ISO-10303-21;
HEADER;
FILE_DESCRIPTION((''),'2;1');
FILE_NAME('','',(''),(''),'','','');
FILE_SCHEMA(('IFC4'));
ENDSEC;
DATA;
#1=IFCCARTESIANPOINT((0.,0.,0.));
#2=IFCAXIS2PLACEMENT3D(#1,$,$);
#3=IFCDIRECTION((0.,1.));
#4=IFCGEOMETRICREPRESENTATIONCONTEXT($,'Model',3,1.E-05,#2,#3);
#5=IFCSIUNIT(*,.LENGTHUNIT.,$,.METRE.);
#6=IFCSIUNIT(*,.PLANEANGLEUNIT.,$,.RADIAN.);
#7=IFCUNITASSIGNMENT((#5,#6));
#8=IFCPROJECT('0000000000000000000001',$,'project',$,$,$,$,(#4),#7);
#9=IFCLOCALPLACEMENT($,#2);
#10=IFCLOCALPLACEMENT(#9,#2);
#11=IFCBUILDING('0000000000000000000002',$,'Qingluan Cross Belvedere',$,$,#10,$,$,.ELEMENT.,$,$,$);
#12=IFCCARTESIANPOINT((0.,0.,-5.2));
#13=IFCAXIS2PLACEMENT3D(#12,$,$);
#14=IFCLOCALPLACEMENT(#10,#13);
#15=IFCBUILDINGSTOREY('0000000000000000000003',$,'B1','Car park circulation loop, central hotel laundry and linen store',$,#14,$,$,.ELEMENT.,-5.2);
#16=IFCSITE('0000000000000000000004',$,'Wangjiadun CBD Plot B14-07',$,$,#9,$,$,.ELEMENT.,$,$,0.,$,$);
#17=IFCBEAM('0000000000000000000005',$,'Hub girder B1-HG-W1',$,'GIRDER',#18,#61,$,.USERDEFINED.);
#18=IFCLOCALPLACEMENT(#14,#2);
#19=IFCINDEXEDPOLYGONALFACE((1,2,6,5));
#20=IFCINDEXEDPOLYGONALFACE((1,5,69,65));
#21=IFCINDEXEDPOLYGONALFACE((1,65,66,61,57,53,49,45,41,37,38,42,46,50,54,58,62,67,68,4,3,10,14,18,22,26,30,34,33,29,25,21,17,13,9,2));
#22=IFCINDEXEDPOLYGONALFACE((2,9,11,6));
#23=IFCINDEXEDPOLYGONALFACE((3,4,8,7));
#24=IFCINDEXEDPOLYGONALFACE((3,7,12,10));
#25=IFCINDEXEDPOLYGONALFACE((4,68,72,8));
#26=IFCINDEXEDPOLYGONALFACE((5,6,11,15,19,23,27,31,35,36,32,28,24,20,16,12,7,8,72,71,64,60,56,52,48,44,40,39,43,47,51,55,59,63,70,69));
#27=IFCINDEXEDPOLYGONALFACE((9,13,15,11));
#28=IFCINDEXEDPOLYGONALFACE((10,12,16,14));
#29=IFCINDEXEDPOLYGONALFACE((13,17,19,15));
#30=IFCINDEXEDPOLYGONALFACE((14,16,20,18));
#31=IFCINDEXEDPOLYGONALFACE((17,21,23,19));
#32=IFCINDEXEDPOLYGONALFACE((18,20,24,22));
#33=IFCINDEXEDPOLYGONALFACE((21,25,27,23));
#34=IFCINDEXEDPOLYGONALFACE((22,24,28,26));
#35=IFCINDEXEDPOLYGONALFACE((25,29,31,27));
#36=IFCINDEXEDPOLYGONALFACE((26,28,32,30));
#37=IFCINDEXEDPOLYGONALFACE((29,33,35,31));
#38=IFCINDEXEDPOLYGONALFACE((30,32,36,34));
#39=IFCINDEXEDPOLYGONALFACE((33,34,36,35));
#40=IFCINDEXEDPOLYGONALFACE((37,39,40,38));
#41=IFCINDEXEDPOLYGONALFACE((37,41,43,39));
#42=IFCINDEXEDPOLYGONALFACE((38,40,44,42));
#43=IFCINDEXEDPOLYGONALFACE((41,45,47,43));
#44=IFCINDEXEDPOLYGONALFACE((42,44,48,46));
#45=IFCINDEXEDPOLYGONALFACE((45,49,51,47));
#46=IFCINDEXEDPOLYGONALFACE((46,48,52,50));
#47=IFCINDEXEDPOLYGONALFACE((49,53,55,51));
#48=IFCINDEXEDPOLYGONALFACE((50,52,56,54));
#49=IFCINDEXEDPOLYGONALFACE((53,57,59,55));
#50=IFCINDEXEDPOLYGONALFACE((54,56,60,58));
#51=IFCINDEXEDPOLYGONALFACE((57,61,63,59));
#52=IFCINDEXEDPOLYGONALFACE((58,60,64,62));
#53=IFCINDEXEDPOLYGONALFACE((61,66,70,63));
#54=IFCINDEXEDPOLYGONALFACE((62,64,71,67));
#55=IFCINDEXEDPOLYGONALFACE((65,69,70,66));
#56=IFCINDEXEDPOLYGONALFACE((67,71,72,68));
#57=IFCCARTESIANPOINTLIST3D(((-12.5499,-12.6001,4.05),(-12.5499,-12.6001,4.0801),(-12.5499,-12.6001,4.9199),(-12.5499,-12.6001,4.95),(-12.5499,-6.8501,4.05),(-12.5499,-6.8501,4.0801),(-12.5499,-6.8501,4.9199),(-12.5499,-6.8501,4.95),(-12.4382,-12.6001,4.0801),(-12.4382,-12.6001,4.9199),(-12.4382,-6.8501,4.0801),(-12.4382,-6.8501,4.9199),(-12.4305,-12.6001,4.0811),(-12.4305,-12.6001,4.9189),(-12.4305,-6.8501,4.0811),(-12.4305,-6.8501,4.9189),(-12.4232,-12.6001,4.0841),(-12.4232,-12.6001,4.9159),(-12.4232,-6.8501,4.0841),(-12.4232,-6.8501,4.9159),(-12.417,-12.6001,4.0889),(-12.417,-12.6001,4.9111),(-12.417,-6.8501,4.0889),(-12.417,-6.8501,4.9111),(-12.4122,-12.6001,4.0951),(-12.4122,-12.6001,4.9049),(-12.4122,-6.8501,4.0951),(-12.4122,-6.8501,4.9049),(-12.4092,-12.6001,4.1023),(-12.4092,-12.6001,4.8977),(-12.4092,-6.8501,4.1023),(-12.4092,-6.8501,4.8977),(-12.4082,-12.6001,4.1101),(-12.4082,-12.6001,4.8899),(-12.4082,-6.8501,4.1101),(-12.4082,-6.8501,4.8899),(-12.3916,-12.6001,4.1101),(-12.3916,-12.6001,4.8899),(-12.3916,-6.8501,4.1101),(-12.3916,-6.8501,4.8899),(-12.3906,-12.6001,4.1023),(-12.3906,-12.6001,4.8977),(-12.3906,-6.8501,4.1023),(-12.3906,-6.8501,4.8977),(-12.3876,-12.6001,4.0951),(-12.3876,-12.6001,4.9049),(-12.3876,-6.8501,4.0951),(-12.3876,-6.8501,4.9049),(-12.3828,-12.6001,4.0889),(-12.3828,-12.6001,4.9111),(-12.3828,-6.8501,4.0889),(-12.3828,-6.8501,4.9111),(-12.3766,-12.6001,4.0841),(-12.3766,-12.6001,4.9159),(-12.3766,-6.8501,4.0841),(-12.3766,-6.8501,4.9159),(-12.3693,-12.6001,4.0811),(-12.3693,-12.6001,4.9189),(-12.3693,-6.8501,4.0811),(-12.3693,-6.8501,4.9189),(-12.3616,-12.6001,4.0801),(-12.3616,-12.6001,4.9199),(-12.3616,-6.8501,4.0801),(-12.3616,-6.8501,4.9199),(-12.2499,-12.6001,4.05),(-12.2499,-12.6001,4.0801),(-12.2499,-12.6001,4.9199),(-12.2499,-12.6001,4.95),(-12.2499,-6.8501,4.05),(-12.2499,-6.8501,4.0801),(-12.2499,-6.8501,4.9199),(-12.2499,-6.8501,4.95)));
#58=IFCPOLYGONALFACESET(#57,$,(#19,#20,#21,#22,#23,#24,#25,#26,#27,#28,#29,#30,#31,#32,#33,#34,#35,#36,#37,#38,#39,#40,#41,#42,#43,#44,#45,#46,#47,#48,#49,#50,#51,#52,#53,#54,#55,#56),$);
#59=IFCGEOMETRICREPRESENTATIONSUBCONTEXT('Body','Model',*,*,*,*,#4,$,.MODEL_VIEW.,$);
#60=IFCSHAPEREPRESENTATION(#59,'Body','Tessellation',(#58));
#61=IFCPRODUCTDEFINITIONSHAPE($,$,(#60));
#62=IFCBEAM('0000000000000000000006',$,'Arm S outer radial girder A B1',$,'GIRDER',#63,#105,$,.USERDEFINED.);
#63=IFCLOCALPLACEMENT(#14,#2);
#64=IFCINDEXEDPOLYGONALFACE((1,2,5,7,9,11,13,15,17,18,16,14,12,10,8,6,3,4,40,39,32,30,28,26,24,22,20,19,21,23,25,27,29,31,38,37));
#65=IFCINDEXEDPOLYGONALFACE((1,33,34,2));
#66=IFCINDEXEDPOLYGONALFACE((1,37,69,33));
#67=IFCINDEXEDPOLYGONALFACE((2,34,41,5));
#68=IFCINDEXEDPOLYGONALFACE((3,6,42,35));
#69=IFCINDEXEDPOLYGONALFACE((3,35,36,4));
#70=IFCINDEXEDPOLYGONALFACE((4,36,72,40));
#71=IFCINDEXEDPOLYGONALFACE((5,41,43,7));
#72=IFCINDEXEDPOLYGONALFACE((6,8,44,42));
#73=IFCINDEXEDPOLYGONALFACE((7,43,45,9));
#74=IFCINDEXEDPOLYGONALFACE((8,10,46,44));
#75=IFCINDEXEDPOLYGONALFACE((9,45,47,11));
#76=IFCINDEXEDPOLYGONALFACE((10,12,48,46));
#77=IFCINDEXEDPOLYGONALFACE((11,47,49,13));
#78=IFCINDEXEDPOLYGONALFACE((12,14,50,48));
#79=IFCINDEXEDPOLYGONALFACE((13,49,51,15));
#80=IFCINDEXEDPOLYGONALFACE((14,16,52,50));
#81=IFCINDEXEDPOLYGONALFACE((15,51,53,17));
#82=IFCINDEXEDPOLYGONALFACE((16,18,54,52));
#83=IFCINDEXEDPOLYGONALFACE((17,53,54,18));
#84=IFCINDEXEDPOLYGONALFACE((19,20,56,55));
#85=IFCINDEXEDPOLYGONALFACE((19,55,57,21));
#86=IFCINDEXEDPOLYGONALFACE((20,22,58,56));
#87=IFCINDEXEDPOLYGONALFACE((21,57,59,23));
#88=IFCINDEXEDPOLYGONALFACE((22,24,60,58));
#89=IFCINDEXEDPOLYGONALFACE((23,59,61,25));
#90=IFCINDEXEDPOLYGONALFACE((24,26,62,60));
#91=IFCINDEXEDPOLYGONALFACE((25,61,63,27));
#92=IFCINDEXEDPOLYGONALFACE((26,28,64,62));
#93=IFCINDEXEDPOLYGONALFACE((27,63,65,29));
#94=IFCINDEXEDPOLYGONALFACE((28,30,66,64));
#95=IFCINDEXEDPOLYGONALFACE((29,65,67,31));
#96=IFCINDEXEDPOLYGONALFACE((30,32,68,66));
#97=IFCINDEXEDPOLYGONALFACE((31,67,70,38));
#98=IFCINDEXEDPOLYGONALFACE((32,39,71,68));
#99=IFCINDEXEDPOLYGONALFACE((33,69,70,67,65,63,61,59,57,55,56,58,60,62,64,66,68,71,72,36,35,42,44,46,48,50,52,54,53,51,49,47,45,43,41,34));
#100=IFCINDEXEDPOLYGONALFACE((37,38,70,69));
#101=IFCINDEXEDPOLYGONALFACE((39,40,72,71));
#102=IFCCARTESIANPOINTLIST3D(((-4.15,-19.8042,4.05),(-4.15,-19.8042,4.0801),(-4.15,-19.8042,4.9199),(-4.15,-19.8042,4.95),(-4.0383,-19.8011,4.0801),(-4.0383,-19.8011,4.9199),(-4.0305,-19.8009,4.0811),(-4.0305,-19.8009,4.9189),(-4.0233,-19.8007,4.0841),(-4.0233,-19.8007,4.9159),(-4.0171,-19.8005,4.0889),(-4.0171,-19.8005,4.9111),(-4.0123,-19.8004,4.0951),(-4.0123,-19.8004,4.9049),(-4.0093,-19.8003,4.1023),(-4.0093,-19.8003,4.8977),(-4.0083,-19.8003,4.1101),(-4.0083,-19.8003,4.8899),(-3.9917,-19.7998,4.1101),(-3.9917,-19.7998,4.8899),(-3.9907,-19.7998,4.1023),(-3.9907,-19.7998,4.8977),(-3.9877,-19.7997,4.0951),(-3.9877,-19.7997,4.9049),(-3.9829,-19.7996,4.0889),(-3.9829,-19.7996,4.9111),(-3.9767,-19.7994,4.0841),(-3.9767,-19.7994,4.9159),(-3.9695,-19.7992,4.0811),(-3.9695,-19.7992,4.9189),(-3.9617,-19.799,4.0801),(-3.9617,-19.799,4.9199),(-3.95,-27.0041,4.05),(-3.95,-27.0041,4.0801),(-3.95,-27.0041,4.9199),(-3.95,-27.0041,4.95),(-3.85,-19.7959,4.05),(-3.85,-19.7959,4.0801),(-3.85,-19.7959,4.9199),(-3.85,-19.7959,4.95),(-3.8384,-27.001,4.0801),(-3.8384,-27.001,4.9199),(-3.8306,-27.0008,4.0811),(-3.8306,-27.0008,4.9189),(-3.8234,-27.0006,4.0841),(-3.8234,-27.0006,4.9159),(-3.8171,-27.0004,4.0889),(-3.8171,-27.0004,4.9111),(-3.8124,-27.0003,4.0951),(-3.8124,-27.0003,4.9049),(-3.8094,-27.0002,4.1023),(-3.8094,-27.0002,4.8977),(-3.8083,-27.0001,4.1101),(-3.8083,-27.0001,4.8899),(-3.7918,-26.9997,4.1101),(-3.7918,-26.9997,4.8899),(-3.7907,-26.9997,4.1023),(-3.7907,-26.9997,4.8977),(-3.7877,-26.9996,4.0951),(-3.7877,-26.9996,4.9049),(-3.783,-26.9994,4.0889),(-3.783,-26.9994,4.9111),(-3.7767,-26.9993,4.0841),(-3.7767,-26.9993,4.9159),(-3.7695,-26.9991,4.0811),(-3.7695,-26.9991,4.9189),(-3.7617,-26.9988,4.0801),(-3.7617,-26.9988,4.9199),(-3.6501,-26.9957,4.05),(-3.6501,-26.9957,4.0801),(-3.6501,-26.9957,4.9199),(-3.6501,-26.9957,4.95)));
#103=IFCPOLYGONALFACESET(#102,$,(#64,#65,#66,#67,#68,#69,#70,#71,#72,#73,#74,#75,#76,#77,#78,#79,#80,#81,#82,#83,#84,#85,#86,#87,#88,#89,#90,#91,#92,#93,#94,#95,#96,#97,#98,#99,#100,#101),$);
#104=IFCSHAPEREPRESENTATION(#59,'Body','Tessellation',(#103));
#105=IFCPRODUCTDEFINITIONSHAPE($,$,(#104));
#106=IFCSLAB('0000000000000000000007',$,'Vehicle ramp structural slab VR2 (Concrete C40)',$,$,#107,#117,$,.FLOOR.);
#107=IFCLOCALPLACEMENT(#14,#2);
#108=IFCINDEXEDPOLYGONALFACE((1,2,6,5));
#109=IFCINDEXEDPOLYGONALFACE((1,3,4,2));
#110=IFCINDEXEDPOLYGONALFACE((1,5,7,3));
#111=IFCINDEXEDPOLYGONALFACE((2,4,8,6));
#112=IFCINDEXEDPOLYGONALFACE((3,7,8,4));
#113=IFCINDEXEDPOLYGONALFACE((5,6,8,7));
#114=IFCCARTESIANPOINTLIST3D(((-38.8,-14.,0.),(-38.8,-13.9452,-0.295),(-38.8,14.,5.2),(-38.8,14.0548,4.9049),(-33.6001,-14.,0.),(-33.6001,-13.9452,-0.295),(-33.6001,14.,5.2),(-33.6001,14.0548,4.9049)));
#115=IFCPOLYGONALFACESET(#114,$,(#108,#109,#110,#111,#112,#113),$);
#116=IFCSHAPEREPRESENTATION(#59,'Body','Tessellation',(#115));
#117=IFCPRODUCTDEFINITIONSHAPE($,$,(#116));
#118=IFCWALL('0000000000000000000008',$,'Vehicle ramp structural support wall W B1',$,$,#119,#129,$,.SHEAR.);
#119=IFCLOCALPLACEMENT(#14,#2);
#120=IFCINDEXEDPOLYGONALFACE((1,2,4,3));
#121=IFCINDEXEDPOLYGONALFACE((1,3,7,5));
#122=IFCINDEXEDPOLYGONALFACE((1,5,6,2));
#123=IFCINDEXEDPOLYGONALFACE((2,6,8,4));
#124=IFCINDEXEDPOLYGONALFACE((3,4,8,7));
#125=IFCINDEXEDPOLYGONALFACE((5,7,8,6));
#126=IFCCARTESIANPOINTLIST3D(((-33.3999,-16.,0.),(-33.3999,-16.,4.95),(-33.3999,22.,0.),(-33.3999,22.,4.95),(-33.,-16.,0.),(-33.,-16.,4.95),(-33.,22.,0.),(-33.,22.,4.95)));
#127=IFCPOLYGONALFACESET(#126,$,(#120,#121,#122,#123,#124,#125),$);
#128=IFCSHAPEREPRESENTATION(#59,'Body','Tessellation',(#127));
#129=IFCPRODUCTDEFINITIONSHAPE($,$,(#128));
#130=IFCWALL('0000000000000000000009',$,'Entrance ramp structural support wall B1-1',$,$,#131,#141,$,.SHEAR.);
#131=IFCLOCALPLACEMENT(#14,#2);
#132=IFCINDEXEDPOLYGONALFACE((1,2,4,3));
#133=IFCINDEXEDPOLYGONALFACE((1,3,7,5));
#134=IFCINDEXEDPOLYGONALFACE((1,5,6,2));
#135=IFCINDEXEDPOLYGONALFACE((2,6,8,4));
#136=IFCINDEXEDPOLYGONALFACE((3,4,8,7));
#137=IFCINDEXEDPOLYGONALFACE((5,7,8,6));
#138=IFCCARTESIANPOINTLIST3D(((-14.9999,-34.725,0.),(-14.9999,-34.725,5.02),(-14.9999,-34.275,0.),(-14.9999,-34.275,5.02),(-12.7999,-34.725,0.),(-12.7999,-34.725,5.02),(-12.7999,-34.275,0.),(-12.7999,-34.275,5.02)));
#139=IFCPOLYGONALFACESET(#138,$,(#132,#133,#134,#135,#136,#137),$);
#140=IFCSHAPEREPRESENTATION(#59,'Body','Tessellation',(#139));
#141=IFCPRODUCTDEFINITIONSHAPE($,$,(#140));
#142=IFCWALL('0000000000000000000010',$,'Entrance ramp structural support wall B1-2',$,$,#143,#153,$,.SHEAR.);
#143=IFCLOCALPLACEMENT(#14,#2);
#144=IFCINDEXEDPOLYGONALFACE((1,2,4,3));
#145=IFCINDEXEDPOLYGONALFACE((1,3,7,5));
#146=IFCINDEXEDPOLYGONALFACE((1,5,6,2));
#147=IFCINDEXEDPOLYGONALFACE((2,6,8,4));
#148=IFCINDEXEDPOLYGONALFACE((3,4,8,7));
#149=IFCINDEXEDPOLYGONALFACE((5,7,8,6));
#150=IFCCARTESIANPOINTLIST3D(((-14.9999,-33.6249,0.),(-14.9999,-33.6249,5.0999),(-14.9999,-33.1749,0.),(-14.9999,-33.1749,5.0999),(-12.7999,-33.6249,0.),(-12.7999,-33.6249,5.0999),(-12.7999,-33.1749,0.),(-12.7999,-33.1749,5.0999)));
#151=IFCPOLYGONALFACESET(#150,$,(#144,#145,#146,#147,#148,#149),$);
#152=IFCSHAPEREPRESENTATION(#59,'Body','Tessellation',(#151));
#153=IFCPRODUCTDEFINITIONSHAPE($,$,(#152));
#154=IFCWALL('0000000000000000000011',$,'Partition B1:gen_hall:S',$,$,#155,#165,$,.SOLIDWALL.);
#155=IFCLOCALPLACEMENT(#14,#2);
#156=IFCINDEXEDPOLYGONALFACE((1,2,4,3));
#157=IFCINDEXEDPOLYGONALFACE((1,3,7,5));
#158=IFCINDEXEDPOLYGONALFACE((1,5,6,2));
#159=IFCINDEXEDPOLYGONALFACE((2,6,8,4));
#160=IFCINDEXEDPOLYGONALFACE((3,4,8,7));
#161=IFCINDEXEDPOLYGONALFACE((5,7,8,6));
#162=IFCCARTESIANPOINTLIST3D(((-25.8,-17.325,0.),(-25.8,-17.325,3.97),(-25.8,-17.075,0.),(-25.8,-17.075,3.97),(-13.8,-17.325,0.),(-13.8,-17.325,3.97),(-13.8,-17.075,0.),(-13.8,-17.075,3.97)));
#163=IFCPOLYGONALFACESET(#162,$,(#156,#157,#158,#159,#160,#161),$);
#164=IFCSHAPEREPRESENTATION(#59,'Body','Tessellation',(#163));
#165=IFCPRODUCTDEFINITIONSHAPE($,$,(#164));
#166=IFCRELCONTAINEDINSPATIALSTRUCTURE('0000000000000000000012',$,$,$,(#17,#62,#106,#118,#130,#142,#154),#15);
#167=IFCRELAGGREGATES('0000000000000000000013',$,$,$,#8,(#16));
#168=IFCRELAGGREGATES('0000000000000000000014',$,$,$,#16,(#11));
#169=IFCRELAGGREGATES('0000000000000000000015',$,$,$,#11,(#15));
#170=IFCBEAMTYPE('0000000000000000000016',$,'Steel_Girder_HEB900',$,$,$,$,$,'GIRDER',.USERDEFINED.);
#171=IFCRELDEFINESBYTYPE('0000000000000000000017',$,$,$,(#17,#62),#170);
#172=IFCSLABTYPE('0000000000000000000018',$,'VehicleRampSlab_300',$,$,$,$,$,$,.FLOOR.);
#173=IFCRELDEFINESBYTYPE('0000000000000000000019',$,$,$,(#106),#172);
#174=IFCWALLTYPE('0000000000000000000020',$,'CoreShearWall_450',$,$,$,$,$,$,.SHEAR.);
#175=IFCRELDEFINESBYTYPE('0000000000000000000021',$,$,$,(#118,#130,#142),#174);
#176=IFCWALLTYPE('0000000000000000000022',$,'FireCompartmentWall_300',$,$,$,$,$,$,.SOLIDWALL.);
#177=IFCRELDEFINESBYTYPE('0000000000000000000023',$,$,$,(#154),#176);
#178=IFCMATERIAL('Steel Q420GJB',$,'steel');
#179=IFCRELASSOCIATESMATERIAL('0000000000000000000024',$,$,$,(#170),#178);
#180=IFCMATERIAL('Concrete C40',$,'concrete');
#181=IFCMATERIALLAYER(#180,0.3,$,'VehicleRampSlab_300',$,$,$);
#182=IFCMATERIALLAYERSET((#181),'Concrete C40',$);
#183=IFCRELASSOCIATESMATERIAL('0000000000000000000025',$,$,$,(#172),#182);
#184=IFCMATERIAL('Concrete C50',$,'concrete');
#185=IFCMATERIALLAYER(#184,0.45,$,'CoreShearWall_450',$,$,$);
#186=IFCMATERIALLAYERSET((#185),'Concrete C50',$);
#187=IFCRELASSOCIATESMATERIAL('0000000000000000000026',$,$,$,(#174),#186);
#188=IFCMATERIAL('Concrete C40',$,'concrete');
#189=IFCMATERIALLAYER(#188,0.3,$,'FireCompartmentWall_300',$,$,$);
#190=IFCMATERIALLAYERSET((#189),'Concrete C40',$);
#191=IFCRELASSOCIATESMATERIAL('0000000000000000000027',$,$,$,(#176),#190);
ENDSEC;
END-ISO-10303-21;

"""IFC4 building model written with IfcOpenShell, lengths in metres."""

from ifc_helpers import new_model, si_unit, direction, frame, frame_2d, origin, origin_2d, place, context, subcontext, project, spatial, polyline, rectangle, i_section, outline, extrude, material, layer, layer_set, material_profile, profile_set, type_object, element, save


model = new_model("IFC4")

# Units and contexts
model_context = context("Model", 3, precision=1e-05, world=origin(), true_north=direction((0.0, 1.0)))
body_context = subcontext(model_context, "Body", "Model", "MODEL_VIEW")
ifc_project = project(units=[si_unit("LENGTHUNIT", "METRE"), si_unit("PLANEANGLEUNIT", "RADIAN")], contexts=[model_context])

# Site, building, storey
site_placement = place(None, origin())
site = spatial("IfcSite", under=ifc_project, at=site_placement, Name="Wangjiadun CBD Plot B14-07", CompositionType="ELEMENT", RefElevation=0.0)
building_placement = place(site_placement, origin())
building = spatial("IfcBuilding", under=site, at=building_placement, Name="Qingluan Cross Belvedere", CompositionType="ELEMENT")
storey_placement = place(building_placement, frame((0.0, 0.0, -5.2)))
storey = spatial("IfcBuildingStorey", under=building, at=storey_placement, Name="B1", Description="Car park circulation loop, central hotel laundry and linen store", CompositionType="ELEMENT", Elevation=-5.2)

# Beams
ifc_material_1 = material(Name="Steel Q420GJB", Category="steel")
ifc_material_profile_1 = material_profile(ifc_material_1, i_section(OverallWidth=0.3, OverallDepth=0.8999, WebThickness=0.0166, FlangeThickness=0.03, FilletRadius=0.03, at=origin_2d()), Name="HEB900")
ifc_profile_set_1 = profile_set([ifc_material_profile_1], Name="Steel Q420GJB")
beam_type_1 = type_object("IfcBeamType", Name="Steel_Girder_HEB900", ElementType="GIRDER", PredefinedType="USERDEFINED", material=ifc_profile_set_1)
beam_1_placement = place(storey_placement, frame((-12.3999, -12.6001, 4.5), z_axis=(0.0, 1.0, 0.0), x_axis=(-1.0, 0.0, 0.0)))
element("IfcBeam", 1, at=beam_1_placement, inside=storey, type_object=beam_type_1, Name="Hub girder B1-HG-W1", ObjectType="GIRDER", PredefinedType="USERDEFINED", context=body_context, shape_type="SweptSolid", body=[
    extrude(i_section(OverallWidth=0.3, OverallDepth=0.8999, WebThickness=0.0166, FlangeThickness=0.03, FilletRadius=0.03, at=origin_2d()), origin(), (0.0, 0.0, 1.0), 5.75),
])
beam_2_placement = place(storey_placement, frame((-4.0, -19.8, 4.5), z_axis=(0.02776, -0.999615, 0.0), x_axis=(0.999615, 0.02776, 0.0)))
element("IfcBeam", 2, at=beam_2_placement, inside=storey, type_object=beam_type_1, Name="Arm S outer radial girder A B1", ObjectType="GIRDER", PredefinedType="USERDEFINED", context=body_context, shape_type="SweptSolid", body=[
    extrude(i_section(OverallWidth=0.3, OverallDepth=0.8999, WebThickness=0.0166, FlangeThickness=0.03, FilletRadius=0.03, at=origin_2d()), origin(), (0.0, 0.0, 1.0), 7.2026),
])

# Slab
ifc_material_2 = material(Name="Concrete C40", Category="concrete")
ifc_layer_1 = layer(ifc_material_2, 0.3, Name="VehicleRampSlab_300")
ifc_layer_set_1 = layer_set([ifc_layer_1], Name="Concrete C40")
slab_type = type_object("IfcSlabType", Name="VehicleRampSlab_300", PredefinedType="FLOOR", material=ifc_layer_set_1)
slab_placement = place(storey_placement, frame((-38.8, -14.0, 0.0), z_axis=(0.0, -0.182591, 0.983189), x_axis=(1.0, 0.0, 0.0)))
element("IfcSlab", 3, at=slab_placement, inside=storey, type_object=slab_type, Name="Vehicle ramp structural slab VR2 (Concrete C40)", PredefinedType="FLOOR", context=body_context, shape_type="SweptSolid", body=[
    extrude(outline(polyline([(0.0, 0.0), (5.2, 0.0), (5.2, 28.4788), (0.0, 28.4788), (0.0, 0.0)])), origin(), (0.0, 0.0, -1.0), 0.3),
])

# Walls
ifc_material_3 = material(Name="Concrete C50", Category="concrete")
ifc_layer_2 = layer(ifc_material_3, 0.45, Name="CoreShearWall_450")
ifc_layer_set_2 = layer_set([ifc_layer_2], Name="Concrete C50")
wall_type_1 = type_object("IfcWallType", Name="CoreShearWall_450", PredefinedType="SHEAR", material=ifc_layer_set_2)
wall_1_placement = place(storey_placement, frame((-33.2, -16.0, 0.0), z_axis=(0.0, 0.0, 1.0), x_axis=(0.0, 1.0, 0.0)))
element("IfcWall", 4, at=wall_1_placement, inside=storey, type_object=wall_type_1, Name="Vehicle ramp structural support wall W B1", PredefinedType="SHEAR", context=body_context, shape_type="SweptSolid", body=[
    extrude(rectangle(XDim=38.0, YDim=0.3999, at=frame_2d((19.0, 0.0))), origin(), (0.0, 0.0, 1.0), 4.95),
])
wall_2_placement = place(storey_placement, frame((-15.0, -34.5, 0.0), z_axis=(0.0, 0.0, 1.0), x_axis=(1.0, 0.0, 0.0)))
element("IfcWall", 5, at=wall_2_placement, inside=storey, type_object=wall_type_1, Name="Entrance ramp structural support wall B1-1", PredefinedType="SHEAR", context=body_context, shape_type="SweptSolid", body=[
    extrude(rectangle(XDim=2.2, YDim=0.45, at=frame_2d((1.1001, 0.0))), origin(), (0.0, 0.0, 1.0), 5.02),
])
wall_3_placement = place(storey_placement, frame((-15.0, -33.3999, 0.0), z_axis=(0.0, 0.0, 1.0), x_axis=(1.0, 0.0, 0.0)))
element("IfcWall", 6, at=wall_3_placement, inside=storey, type_object=wall_type_1, Name="Entrance ramp structural support wall B1-2", PredefinedType="SHEAR", context=body_context, shape_type="SweptSolid", body=[
    extrude(rectangle(XDim=2.2, YDim=0.45, at=frame_2d((1.1001, 0.0))), origin(), (0.0, 0.0, 1.0), 5.0999),
])

# Shared definitions
ifc_material_4 = material(Name="Concrete C40", Category="concrete")
ifc_layer_3 = layer(ifc_material_4, 0.3, Name="FireCompartmentWall_300")
ifc_layer_set_3 = layer_set([ifc_layer_3], Name="Concrete C40")
wall_type_2 = type_object("IfcWallType", Name="FireCompartmentWall_300", PredefinedType="SOLIDWALL", material=ifc_layer_set_3)

# Wall
wall_4_placement = place(storey_placement, frame((-25.8, -17.2, 0.0), z_axis=(0.0, 0.0, 1.0), x_axis=(1.0, 0.0, 0.0)))
element("IfcWall", 7, at=wall_4_placement, inside=storey, type_object=wall_type_2, Name="Partition B1:gen_hall:S", PredefinedType="SOLIDWALL", context=body_context, shape_type="SweptSolid", body=[
    extrude(rectangle(XDim=12.0, YDim=0.25, at=frame_2d((6.0, 0.0))), origin(), (0.0, 0.0, 1.0), 3.97),
])

save(model, "model.ifc")
